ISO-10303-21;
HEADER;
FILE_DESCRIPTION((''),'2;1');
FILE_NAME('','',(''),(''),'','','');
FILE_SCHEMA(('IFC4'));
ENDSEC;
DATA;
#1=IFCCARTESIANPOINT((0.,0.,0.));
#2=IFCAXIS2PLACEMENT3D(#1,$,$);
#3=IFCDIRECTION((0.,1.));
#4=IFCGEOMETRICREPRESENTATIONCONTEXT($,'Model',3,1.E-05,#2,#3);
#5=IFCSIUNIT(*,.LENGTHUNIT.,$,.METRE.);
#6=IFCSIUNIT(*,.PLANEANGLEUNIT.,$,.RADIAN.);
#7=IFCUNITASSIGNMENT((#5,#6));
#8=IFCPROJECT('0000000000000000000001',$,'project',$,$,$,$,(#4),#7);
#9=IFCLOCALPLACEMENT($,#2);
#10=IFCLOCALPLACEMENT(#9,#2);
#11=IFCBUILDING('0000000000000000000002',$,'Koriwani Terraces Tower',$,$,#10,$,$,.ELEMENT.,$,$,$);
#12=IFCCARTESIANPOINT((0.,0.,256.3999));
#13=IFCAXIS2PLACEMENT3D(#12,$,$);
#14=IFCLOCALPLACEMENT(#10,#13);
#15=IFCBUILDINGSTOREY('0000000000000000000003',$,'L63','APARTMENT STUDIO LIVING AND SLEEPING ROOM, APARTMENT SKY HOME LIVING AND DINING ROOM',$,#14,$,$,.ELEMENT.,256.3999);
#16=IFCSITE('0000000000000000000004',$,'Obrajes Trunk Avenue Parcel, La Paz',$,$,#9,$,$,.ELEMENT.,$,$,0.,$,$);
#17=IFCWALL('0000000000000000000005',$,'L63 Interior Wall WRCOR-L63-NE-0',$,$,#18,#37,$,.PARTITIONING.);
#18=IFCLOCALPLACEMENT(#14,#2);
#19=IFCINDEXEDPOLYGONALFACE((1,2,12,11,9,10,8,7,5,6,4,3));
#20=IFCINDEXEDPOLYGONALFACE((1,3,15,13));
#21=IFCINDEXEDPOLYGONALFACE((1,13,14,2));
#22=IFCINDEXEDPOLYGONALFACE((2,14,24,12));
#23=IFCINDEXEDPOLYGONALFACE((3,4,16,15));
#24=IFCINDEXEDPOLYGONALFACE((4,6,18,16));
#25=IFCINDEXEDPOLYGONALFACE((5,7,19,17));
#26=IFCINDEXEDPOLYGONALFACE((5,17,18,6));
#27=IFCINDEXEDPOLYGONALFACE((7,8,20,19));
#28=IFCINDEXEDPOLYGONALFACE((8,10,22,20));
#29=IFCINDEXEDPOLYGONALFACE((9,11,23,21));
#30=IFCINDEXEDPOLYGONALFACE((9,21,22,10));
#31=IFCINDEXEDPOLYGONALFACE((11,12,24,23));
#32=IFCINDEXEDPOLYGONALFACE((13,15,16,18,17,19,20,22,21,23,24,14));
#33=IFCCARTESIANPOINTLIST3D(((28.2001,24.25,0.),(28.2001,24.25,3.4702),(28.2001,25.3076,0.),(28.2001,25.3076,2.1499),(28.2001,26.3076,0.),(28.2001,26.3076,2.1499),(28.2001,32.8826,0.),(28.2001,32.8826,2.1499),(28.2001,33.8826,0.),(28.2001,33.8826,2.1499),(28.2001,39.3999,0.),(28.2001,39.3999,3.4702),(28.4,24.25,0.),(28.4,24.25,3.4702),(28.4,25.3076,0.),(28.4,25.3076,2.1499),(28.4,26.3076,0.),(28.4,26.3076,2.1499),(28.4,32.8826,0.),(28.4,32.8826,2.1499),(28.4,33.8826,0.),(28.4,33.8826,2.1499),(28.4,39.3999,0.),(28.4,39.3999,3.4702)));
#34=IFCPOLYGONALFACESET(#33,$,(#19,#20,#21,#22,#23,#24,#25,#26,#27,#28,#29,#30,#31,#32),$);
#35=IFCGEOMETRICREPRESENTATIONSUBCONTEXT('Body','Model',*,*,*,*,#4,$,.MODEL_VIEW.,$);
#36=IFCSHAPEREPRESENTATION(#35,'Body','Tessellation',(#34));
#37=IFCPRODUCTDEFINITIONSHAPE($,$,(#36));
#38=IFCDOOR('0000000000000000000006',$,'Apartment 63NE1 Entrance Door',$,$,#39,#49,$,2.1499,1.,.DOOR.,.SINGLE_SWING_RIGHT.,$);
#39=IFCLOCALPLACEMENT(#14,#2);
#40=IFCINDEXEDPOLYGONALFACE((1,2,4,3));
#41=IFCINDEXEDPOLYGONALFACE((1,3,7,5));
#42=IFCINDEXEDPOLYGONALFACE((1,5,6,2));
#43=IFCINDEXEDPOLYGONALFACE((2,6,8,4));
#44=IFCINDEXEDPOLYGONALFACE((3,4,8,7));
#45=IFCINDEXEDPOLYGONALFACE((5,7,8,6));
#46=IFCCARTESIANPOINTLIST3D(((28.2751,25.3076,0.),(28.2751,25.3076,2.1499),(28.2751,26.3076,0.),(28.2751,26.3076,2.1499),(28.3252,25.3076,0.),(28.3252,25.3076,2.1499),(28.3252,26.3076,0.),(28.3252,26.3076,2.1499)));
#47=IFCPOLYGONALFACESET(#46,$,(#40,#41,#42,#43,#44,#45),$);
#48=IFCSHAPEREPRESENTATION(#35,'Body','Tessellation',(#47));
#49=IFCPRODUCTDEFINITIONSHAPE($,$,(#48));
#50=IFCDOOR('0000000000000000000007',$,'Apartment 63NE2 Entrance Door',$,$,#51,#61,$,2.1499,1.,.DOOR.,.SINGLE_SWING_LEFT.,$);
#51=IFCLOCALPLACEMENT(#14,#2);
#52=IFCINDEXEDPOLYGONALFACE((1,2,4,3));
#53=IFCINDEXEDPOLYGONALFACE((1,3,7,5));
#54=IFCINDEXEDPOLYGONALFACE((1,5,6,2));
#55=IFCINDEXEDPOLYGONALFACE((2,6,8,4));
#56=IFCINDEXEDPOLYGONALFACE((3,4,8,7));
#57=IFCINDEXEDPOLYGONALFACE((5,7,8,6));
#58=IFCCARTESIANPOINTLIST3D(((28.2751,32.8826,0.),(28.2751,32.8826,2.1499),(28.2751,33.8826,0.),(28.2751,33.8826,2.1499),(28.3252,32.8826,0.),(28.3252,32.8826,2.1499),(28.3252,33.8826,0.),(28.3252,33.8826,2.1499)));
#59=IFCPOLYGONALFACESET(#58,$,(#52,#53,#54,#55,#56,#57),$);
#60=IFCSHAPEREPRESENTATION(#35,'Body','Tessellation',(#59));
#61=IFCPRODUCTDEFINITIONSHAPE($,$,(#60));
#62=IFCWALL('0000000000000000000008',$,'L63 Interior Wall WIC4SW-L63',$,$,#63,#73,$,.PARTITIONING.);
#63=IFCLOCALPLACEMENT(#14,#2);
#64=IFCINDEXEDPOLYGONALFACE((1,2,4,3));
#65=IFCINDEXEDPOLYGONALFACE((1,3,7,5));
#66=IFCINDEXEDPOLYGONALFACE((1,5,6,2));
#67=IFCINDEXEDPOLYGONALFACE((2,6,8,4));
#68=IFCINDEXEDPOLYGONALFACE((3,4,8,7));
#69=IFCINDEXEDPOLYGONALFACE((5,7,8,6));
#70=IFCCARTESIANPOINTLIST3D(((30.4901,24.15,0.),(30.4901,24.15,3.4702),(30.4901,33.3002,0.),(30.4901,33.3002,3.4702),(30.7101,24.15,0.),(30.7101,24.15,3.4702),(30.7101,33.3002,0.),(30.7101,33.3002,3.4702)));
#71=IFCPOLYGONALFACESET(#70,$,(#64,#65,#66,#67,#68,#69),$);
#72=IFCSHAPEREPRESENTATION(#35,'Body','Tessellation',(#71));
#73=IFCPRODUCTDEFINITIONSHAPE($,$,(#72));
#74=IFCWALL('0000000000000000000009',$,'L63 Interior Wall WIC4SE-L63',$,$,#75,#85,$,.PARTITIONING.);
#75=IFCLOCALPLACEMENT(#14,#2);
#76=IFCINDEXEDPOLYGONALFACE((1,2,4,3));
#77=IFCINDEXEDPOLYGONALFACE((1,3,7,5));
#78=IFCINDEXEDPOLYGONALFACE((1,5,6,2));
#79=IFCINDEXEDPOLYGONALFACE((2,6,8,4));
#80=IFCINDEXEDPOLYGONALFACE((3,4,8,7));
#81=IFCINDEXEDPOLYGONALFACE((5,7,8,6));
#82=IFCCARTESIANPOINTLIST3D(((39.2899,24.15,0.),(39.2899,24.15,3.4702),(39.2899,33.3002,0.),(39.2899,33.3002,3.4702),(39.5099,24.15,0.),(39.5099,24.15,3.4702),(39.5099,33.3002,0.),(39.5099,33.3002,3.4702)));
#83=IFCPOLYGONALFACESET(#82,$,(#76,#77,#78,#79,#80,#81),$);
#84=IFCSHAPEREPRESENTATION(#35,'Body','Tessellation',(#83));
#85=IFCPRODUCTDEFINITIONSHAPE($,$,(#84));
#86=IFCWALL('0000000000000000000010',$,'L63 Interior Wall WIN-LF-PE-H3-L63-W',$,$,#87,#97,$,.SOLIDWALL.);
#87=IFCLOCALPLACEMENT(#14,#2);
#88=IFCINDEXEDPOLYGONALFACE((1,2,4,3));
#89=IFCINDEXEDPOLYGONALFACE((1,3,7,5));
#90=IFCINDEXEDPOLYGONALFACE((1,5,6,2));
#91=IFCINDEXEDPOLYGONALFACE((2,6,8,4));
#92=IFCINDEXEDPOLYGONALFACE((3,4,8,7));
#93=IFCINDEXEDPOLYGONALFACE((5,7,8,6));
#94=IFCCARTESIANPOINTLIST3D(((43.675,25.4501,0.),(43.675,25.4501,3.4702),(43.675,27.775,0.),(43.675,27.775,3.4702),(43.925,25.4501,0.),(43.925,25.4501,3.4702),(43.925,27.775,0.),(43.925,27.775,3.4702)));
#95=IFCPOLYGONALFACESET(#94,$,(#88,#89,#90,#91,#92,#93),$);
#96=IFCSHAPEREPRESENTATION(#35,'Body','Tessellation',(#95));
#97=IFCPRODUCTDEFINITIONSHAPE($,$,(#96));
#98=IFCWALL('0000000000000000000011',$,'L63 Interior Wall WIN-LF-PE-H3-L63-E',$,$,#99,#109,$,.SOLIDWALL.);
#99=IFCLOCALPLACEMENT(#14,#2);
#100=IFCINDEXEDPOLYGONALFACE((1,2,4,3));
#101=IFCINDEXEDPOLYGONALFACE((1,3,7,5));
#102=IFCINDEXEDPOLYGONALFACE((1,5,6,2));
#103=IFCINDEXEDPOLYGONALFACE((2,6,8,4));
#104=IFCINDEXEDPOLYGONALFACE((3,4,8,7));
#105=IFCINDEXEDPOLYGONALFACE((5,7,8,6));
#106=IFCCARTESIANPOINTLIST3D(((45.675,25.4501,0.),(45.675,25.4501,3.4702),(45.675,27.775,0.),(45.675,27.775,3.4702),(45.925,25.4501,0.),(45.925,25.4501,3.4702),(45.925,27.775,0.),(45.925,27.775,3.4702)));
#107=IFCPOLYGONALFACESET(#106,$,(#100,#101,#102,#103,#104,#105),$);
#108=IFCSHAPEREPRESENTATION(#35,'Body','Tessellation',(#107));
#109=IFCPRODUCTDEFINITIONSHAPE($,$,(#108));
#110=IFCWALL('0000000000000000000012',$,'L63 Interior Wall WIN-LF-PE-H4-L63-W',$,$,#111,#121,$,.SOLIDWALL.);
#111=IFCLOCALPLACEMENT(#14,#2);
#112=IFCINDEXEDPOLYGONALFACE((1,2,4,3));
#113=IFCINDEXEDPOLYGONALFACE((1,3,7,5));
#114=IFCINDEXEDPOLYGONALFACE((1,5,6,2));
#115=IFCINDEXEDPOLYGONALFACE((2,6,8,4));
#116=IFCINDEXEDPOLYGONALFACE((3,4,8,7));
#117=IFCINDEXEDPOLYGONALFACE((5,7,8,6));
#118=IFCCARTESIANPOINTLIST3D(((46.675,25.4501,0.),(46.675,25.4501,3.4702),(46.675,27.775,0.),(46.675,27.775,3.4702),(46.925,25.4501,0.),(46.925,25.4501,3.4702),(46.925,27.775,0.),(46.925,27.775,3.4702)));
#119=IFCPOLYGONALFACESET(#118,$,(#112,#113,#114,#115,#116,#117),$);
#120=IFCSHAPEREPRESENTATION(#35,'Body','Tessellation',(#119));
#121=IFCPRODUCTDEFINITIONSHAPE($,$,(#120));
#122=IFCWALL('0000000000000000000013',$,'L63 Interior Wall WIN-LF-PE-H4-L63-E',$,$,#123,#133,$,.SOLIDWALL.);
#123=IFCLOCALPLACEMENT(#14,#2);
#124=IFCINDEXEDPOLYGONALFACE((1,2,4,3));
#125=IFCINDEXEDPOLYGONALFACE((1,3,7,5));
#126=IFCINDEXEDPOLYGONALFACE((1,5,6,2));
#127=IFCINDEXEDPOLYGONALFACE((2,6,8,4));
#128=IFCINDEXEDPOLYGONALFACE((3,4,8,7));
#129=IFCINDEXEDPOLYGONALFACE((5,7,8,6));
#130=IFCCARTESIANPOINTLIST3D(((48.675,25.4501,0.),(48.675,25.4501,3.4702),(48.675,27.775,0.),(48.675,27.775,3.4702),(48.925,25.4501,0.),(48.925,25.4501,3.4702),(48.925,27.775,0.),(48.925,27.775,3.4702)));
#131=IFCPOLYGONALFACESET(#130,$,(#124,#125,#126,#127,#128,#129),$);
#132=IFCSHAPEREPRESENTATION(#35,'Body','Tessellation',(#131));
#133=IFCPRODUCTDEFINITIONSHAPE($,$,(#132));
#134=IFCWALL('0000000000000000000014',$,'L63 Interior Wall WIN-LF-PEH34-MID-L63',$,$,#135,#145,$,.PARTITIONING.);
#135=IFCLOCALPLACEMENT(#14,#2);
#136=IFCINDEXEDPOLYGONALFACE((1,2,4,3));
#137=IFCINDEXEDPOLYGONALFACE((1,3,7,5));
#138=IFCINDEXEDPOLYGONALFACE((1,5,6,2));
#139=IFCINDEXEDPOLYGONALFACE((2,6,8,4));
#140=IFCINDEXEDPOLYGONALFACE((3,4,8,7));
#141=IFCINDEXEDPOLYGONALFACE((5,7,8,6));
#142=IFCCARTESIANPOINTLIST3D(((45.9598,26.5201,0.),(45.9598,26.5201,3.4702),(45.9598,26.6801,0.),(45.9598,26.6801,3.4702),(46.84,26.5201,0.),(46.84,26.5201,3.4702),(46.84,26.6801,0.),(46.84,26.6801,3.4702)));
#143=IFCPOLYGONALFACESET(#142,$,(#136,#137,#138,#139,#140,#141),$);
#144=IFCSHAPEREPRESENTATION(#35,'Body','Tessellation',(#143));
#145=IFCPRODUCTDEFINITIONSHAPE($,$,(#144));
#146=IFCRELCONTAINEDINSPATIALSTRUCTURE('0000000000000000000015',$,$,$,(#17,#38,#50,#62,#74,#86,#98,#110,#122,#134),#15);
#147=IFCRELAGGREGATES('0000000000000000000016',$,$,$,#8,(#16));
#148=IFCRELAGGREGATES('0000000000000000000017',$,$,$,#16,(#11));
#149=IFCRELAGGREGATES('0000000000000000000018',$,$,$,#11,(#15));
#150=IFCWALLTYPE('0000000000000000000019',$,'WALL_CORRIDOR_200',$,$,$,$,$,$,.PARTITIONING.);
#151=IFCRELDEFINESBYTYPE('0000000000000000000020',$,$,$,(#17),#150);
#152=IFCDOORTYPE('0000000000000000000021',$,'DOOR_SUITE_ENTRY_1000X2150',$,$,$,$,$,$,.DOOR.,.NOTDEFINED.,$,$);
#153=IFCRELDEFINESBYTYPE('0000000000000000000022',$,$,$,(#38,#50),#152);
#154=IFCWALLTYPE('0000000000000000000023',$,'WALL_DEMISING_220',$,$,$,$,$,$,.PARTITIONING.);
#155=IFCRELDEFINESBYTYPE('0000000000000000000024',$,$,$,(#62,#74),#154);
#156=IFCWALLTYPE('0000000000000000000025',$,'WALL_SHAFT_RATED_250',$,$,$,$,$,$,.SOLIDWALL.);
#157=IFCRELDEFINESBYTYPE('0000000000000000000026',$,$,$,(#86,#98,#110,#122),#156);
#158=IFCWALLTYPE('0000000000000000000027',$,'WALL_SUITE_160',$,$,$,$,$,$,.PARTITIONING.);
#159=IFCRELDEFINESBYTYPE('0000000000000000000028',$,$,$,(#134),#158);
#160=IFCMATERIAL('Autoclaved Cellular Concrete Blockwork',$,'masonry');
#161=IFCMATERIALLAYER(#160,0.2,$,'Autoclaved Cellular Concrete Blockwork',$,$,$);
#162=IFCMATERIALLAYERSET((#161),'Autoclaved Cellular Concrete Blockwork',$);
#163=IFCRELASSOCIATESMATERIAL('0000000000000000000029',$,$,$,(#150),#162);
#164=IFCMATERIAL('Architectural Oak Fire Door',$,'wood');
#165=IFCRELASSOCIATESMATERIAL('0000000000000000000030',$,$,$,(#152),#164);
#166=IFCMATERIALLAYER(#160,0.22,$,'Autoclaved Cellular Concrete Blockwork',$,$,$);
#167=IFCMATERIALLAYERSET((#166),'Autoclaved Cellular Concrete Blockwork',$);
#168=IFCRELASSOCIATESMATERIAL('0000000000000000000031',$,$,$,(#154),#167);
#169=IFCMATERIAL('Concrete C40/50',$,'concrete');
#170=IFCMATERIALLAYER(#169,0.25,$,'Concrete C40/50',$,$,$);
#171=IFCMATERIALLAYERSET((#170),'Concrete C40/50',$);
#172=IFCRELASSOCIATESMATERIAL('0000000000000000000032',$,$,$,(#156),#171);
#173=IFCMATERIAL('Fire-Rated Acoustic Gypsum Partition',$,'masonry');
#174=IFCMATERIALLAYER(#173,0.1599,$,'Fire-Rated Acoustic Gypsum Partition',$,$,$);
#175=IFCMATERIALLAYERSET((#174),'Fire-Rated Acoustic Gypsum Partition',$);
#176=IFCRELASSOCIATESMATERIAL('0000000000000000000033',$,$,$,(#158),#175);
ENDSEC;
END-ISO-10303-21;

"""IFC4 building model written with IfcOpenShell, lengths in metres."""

from ifc_helpers import new_model, si_unit, direction, frame, frame_2d, origin, place, context, subcontext, project, spatial, rectangle, extrude, material, layer, layer_set, type_object, element, fill, save


model = new_model("IFC4")

# Units and contexts
model_context = context("Model", 3, precision=1e-05, world=origin(), true_north=direction((0.0, 1.0)))
body_context = subcontext(model_context, "Body", "Model", "MODEL_VIEW")
ifc_project = project(units=[si_unit("LENGTHUNIT", "METRE"), si_unit("PLANEANGLEUNIT", "RADIAN")], contexts=[model_context])

# Site, building, storey
site_placement = place(None, origin())
site = spatial("IfcSite", under=ifc_project, at=site_placement, Name="Obrajes Trunk Avenue Parcel, La Paz", CompositionType="ELEMENT", RefElevation=0.0)
building_placement = place(site_placement, origin())
building = spatial("IfcBuilding", under=site, at=building_placement, Name="Koriwani Terraces Tower", CompositionType="ELEMENT")
storey_placement = place(building_placement, frame((0.0, 0.0, 256.3999)))
storey = spatial("IfcBuildingStorey", under=building, at=storey_placement, Name="L63", Description="APARTMENT STUDIO LIVING AND SLEEPING ROOM, APARTMENT SKY HOME LIVING AND DINING ROOM", CompositionType="ELEMENT", Elevation=256.3999)

# Shared definitions
ifc_material_1 = material(Name="Autoclaved Cellular Concrete Blockwork", Category="masonry")
ifc_layer_1 = layer(ifc_material_1, 0.2, Name="Autoclaved Cellular Concrete Blockwork")
ifc_layer_set_1 = layer_set([ifc_layer_1], Name="Autoclaved Cellular Concrete Blockwork")
wall_type_1 = type_object("IfcWallType", Name="WALL_CORRIDOR_200", PredefinedType="PARTITIONING", material=ifc_layer_set_1)
ifc_material_2 = material(Name="Architectural Oak Fire Door", Category="wood")

# Wall, openings, doors
wall_1_placement = place(storey_placement, frame((28.3, 24.25, 0.0), z_axis=(0.0, 0.0, 1.0), x_axis=(0.0, 1.0, 0.0)))
wall_1 = element("IfcWall", 1, at=wall_1_placement, inside=storey, type_object=wall_type_1, Name="L63 Interior Wall WRCOR-L63-NE-0", PredefinedType="PARTITIONING", context=body_context, shape_type="SweptSolid", body=[
    extrude(rectangle(XDim=15.1499, YDim=0.2, at=frame_2d((7.575, 0.0))), origin(), (0.0, 0.0, 1.0), 3.4702),
])
opening_1_placement = place(wall_1_placement, frame((1.0576, 0.0, 0.0)))
opening_1 = element("IfcOpeningElement", 2, at=opening_1_placement, cuts=wall_1, PredefinedType="OPENING", context=body_context, shape_type="SweptSolid", body=[
    extrude(rectangle(XDim=1.0, YDim=2.1499, at=frame_2d((0.5, 1.075))), frame((0.0, 0.1099, 0.0), z_axis=(0.0, -1.0, 0.0), x_axis=(1.0, 0.0, 0.0)), (0.0, 0.0, 1.0), 0.22),
])
opening_2_placement = place(wall_1_placement, frame((8.6326, 0.0, 0.0)))
opening_2 = element("IfcOpeningElement", 3, at=opening_2_placement, cuts=wall_1, PredefinedType="OPENING", context=body_context, shape_type="SweptSolid", body=[
    extrude(rectangle(XDim=1.0, YDim=2.1499, at=frame_2d((0.5, 1.075))), frame((0.0, 0.1099, 0.0), z_axis=(0.0, -1.0, 0.0), x_axis=(1.0, 0.0, 0.0)), (0.0, 0.0, 1.0), 0.22),
])
door_type_1 = type_object("IfcDoorType", Name="DOOR_SUITE_ENTRY_1000X2150", OperationType="NOTDEFINED", PredefinedType="DOOR", material=ifc_material_2)
door_1_placement = place(opening_1_placement, origin())
door_1 = element("IfcDoor", 4, at=door_1_placement, inside=storey, type_object=door_type_1, Name="Apartment 63NE1 Entrance Door", OperationType="SINGLE_SWING_RIGHT", OverallHeight=2.1499, OverallWidth=1.0, PredefinedType="DOOR", context=body_context, shape_type="SweptSolid", body=[
    extrude(rectangle(XDim=1.0, YDim=2.1499, at=frame_2d((0.5, 1.075))), frame((0.0, 0.0249, 0.0), z_axis=(0.0, -1.0, 0.0), x_axis=(1.0, 0.0, 0.0)), (0.0, 0.0, 1.0), 0.05),
])
fill(opening_1, door_1)
door_2_placement = place(opening_2_placement, origin())
door_2 = element("IfcDoor", 5, at=door_2_placement, inside=storey, type_object=door_type_1, Name="Apartment 63NE2 Entrance Door", OperationType="SINGLE_SWING_LEFT", OverallHeight=2.1499, OverallWidth=1.0, PredefinedType="DOOR", context=body_context, shape_type="SweptSolid", body=[
    extrude(rectangle(XDim=1.0, YDim=2.1499, at=frame_2d((0.5, 1.075))), frame((0.0, 0.0249, 0.0), z_axis=(0.0, -1.0, 0.0), x_axis=(1.0, 0.0, 0.0)), (0.0, 0.0, 1.0), 0.05),
])
fill(opening_2, door_2)

# Walls
ifc_layer_2 = layer(ifc_material_1, 0.22, Name="Autoclaved Cellular Concrete Blockwork")
ifc_layer_set_2 = layer_set([ifc_layer_2], Name="Autoclaved Cellular Concrete Blockwork")
wall_type_2 = type_object("IfcWallType", Name="WALL_DEMISING_220", PredefinedType="PARTITIONING", material=ifc_layer_set_2)
for number, where, z_axis, x_axis, name in (
    (6, (30.6001, 24.1499, 0.0), (0.0, 0.0, 1.0), (0.0, 1.0, 0.0), "L63 Interior Wall WIC4SW-L63"),
    (7, (39.3999, 24.1499, 0.0), (0.0, 0.0, 1.0), (0.0, 1.0, 0.0), "L63 Interior Wall WIC4SE-L63"),
):
    element("IfcWall", number, at=place(storey_placement, frame(where, z_axis=z_axis, x_axis=x_axis)), inside=storey, type_object=wall_type_2, Name=name, PredefinedType="PARTITIONING", context=body_context, shape_type="SweptSolid", body=[
        extrude(rectangle(XDim=9.1501, YDim=0.22, at=frame_2d((4.5752, 0.0))), origin(), (0.0, 0.0, 1.0), 3.4702),
    ])

# Shared definitions
ifc_material_3 = material(Name="Concrete C40/50", Category="concrete")
ifc_layer_3 = layer(ifc_material_3, 0.25, Name="Concrete C40/50")
ifc_layer_set_3 = layer_set([ifc_layer_3], Name="Concrete C40/50")
wall_type_3 = type_object("IfcWallType", Name="WALL_SHAFT_RATED_250", PredefinedType="SOLIDWALL", material=ifc_layer_set_3)

# Walls
for number, where, z_axis, x_axis, name in (
    (8, (43.8, 25.45, 0.0), (0.0, 0.0, 1.0), (0.0, 1.0, 0.0), "L63 Interior Wall WIN-LF-PE-H3-L63-W"),
    (9, (45.8, 25.45, 0.0), (0.0, 0.0, 1.0), (0.0, 1.0, 0.0), "L63 Interior Wall WIN-LF-PE-H3-L63-E"),
    (10, (46.8, 25.45, 0.0), (0.0, 0.0, 1.0), (0.0, 1.0, 0.0), "L63 Interior Wall WIN-LF-PE-H4-L63-W"),
    (11, (48.8, 25.45, 0.0), (0.0, 0.0, 1.0), (0.0, 1.0, 0.0), "L63 Interior Wall WIN-LF-PE-H4-L63-E"),
):
    element("IfcWall", number, at=place(storey_placement, frame(where, z_axis=z_axis, x_axis=x_axis)), inside=storey, type_object=wall_type_3, Name=name, PredefinedType="SOLIDWALL", context=body_context, shape_type="SweptSolid", body=[
        extrude(rectangle(XDim=2.325, YDim=0.25, at=frame_2d((1.1626, 0.0))), origin(), (0.0, 0.0, 1.0), 3.4702),
    ])
ifc_material_4 = material(Name="Fire-Rated Acoustic Gypsum Partition", Category="masonry")
ifc_layer_4 = layer(ifc_material_4, 0.1599, Name="Fire-Rated Acoustic Gypsum Partition")
ifc_layer_set_4 = layer_set([ifc_layer_4], Name="Fire-Rated Acoustic Gypsum Partition")
wall_type_4 = type_object("IfcWallType", Name="WALL_SUITE_160", PredefinedType="PARTITIONING", material=ifc_layer_set_4)
wall_2_placement = place(storey_placement, frame((45.96, 26.6001, 0.0), z_axis=(0.0, 0.0, 1.0), x_axis=(1.0, 0.0, 0.0)))
element("IfcWall", 12, at=wall_2_placement, inside=storey, type_object=wall_type_4, Name="L63 Interior Wall WIN-LF-PEH34-MID-L63", PredefinedType="PARTITIONING", context=body_context, shape_type="SweptSolid", body=[
    extrude(rectangle(XDim=0.8801, YDim=0.1599, at=frame_2d((0.4399, 0.0))), origin(), (0.0, 0.0, 1.0), 3.4702),
])

save(model, "model.ifc")
